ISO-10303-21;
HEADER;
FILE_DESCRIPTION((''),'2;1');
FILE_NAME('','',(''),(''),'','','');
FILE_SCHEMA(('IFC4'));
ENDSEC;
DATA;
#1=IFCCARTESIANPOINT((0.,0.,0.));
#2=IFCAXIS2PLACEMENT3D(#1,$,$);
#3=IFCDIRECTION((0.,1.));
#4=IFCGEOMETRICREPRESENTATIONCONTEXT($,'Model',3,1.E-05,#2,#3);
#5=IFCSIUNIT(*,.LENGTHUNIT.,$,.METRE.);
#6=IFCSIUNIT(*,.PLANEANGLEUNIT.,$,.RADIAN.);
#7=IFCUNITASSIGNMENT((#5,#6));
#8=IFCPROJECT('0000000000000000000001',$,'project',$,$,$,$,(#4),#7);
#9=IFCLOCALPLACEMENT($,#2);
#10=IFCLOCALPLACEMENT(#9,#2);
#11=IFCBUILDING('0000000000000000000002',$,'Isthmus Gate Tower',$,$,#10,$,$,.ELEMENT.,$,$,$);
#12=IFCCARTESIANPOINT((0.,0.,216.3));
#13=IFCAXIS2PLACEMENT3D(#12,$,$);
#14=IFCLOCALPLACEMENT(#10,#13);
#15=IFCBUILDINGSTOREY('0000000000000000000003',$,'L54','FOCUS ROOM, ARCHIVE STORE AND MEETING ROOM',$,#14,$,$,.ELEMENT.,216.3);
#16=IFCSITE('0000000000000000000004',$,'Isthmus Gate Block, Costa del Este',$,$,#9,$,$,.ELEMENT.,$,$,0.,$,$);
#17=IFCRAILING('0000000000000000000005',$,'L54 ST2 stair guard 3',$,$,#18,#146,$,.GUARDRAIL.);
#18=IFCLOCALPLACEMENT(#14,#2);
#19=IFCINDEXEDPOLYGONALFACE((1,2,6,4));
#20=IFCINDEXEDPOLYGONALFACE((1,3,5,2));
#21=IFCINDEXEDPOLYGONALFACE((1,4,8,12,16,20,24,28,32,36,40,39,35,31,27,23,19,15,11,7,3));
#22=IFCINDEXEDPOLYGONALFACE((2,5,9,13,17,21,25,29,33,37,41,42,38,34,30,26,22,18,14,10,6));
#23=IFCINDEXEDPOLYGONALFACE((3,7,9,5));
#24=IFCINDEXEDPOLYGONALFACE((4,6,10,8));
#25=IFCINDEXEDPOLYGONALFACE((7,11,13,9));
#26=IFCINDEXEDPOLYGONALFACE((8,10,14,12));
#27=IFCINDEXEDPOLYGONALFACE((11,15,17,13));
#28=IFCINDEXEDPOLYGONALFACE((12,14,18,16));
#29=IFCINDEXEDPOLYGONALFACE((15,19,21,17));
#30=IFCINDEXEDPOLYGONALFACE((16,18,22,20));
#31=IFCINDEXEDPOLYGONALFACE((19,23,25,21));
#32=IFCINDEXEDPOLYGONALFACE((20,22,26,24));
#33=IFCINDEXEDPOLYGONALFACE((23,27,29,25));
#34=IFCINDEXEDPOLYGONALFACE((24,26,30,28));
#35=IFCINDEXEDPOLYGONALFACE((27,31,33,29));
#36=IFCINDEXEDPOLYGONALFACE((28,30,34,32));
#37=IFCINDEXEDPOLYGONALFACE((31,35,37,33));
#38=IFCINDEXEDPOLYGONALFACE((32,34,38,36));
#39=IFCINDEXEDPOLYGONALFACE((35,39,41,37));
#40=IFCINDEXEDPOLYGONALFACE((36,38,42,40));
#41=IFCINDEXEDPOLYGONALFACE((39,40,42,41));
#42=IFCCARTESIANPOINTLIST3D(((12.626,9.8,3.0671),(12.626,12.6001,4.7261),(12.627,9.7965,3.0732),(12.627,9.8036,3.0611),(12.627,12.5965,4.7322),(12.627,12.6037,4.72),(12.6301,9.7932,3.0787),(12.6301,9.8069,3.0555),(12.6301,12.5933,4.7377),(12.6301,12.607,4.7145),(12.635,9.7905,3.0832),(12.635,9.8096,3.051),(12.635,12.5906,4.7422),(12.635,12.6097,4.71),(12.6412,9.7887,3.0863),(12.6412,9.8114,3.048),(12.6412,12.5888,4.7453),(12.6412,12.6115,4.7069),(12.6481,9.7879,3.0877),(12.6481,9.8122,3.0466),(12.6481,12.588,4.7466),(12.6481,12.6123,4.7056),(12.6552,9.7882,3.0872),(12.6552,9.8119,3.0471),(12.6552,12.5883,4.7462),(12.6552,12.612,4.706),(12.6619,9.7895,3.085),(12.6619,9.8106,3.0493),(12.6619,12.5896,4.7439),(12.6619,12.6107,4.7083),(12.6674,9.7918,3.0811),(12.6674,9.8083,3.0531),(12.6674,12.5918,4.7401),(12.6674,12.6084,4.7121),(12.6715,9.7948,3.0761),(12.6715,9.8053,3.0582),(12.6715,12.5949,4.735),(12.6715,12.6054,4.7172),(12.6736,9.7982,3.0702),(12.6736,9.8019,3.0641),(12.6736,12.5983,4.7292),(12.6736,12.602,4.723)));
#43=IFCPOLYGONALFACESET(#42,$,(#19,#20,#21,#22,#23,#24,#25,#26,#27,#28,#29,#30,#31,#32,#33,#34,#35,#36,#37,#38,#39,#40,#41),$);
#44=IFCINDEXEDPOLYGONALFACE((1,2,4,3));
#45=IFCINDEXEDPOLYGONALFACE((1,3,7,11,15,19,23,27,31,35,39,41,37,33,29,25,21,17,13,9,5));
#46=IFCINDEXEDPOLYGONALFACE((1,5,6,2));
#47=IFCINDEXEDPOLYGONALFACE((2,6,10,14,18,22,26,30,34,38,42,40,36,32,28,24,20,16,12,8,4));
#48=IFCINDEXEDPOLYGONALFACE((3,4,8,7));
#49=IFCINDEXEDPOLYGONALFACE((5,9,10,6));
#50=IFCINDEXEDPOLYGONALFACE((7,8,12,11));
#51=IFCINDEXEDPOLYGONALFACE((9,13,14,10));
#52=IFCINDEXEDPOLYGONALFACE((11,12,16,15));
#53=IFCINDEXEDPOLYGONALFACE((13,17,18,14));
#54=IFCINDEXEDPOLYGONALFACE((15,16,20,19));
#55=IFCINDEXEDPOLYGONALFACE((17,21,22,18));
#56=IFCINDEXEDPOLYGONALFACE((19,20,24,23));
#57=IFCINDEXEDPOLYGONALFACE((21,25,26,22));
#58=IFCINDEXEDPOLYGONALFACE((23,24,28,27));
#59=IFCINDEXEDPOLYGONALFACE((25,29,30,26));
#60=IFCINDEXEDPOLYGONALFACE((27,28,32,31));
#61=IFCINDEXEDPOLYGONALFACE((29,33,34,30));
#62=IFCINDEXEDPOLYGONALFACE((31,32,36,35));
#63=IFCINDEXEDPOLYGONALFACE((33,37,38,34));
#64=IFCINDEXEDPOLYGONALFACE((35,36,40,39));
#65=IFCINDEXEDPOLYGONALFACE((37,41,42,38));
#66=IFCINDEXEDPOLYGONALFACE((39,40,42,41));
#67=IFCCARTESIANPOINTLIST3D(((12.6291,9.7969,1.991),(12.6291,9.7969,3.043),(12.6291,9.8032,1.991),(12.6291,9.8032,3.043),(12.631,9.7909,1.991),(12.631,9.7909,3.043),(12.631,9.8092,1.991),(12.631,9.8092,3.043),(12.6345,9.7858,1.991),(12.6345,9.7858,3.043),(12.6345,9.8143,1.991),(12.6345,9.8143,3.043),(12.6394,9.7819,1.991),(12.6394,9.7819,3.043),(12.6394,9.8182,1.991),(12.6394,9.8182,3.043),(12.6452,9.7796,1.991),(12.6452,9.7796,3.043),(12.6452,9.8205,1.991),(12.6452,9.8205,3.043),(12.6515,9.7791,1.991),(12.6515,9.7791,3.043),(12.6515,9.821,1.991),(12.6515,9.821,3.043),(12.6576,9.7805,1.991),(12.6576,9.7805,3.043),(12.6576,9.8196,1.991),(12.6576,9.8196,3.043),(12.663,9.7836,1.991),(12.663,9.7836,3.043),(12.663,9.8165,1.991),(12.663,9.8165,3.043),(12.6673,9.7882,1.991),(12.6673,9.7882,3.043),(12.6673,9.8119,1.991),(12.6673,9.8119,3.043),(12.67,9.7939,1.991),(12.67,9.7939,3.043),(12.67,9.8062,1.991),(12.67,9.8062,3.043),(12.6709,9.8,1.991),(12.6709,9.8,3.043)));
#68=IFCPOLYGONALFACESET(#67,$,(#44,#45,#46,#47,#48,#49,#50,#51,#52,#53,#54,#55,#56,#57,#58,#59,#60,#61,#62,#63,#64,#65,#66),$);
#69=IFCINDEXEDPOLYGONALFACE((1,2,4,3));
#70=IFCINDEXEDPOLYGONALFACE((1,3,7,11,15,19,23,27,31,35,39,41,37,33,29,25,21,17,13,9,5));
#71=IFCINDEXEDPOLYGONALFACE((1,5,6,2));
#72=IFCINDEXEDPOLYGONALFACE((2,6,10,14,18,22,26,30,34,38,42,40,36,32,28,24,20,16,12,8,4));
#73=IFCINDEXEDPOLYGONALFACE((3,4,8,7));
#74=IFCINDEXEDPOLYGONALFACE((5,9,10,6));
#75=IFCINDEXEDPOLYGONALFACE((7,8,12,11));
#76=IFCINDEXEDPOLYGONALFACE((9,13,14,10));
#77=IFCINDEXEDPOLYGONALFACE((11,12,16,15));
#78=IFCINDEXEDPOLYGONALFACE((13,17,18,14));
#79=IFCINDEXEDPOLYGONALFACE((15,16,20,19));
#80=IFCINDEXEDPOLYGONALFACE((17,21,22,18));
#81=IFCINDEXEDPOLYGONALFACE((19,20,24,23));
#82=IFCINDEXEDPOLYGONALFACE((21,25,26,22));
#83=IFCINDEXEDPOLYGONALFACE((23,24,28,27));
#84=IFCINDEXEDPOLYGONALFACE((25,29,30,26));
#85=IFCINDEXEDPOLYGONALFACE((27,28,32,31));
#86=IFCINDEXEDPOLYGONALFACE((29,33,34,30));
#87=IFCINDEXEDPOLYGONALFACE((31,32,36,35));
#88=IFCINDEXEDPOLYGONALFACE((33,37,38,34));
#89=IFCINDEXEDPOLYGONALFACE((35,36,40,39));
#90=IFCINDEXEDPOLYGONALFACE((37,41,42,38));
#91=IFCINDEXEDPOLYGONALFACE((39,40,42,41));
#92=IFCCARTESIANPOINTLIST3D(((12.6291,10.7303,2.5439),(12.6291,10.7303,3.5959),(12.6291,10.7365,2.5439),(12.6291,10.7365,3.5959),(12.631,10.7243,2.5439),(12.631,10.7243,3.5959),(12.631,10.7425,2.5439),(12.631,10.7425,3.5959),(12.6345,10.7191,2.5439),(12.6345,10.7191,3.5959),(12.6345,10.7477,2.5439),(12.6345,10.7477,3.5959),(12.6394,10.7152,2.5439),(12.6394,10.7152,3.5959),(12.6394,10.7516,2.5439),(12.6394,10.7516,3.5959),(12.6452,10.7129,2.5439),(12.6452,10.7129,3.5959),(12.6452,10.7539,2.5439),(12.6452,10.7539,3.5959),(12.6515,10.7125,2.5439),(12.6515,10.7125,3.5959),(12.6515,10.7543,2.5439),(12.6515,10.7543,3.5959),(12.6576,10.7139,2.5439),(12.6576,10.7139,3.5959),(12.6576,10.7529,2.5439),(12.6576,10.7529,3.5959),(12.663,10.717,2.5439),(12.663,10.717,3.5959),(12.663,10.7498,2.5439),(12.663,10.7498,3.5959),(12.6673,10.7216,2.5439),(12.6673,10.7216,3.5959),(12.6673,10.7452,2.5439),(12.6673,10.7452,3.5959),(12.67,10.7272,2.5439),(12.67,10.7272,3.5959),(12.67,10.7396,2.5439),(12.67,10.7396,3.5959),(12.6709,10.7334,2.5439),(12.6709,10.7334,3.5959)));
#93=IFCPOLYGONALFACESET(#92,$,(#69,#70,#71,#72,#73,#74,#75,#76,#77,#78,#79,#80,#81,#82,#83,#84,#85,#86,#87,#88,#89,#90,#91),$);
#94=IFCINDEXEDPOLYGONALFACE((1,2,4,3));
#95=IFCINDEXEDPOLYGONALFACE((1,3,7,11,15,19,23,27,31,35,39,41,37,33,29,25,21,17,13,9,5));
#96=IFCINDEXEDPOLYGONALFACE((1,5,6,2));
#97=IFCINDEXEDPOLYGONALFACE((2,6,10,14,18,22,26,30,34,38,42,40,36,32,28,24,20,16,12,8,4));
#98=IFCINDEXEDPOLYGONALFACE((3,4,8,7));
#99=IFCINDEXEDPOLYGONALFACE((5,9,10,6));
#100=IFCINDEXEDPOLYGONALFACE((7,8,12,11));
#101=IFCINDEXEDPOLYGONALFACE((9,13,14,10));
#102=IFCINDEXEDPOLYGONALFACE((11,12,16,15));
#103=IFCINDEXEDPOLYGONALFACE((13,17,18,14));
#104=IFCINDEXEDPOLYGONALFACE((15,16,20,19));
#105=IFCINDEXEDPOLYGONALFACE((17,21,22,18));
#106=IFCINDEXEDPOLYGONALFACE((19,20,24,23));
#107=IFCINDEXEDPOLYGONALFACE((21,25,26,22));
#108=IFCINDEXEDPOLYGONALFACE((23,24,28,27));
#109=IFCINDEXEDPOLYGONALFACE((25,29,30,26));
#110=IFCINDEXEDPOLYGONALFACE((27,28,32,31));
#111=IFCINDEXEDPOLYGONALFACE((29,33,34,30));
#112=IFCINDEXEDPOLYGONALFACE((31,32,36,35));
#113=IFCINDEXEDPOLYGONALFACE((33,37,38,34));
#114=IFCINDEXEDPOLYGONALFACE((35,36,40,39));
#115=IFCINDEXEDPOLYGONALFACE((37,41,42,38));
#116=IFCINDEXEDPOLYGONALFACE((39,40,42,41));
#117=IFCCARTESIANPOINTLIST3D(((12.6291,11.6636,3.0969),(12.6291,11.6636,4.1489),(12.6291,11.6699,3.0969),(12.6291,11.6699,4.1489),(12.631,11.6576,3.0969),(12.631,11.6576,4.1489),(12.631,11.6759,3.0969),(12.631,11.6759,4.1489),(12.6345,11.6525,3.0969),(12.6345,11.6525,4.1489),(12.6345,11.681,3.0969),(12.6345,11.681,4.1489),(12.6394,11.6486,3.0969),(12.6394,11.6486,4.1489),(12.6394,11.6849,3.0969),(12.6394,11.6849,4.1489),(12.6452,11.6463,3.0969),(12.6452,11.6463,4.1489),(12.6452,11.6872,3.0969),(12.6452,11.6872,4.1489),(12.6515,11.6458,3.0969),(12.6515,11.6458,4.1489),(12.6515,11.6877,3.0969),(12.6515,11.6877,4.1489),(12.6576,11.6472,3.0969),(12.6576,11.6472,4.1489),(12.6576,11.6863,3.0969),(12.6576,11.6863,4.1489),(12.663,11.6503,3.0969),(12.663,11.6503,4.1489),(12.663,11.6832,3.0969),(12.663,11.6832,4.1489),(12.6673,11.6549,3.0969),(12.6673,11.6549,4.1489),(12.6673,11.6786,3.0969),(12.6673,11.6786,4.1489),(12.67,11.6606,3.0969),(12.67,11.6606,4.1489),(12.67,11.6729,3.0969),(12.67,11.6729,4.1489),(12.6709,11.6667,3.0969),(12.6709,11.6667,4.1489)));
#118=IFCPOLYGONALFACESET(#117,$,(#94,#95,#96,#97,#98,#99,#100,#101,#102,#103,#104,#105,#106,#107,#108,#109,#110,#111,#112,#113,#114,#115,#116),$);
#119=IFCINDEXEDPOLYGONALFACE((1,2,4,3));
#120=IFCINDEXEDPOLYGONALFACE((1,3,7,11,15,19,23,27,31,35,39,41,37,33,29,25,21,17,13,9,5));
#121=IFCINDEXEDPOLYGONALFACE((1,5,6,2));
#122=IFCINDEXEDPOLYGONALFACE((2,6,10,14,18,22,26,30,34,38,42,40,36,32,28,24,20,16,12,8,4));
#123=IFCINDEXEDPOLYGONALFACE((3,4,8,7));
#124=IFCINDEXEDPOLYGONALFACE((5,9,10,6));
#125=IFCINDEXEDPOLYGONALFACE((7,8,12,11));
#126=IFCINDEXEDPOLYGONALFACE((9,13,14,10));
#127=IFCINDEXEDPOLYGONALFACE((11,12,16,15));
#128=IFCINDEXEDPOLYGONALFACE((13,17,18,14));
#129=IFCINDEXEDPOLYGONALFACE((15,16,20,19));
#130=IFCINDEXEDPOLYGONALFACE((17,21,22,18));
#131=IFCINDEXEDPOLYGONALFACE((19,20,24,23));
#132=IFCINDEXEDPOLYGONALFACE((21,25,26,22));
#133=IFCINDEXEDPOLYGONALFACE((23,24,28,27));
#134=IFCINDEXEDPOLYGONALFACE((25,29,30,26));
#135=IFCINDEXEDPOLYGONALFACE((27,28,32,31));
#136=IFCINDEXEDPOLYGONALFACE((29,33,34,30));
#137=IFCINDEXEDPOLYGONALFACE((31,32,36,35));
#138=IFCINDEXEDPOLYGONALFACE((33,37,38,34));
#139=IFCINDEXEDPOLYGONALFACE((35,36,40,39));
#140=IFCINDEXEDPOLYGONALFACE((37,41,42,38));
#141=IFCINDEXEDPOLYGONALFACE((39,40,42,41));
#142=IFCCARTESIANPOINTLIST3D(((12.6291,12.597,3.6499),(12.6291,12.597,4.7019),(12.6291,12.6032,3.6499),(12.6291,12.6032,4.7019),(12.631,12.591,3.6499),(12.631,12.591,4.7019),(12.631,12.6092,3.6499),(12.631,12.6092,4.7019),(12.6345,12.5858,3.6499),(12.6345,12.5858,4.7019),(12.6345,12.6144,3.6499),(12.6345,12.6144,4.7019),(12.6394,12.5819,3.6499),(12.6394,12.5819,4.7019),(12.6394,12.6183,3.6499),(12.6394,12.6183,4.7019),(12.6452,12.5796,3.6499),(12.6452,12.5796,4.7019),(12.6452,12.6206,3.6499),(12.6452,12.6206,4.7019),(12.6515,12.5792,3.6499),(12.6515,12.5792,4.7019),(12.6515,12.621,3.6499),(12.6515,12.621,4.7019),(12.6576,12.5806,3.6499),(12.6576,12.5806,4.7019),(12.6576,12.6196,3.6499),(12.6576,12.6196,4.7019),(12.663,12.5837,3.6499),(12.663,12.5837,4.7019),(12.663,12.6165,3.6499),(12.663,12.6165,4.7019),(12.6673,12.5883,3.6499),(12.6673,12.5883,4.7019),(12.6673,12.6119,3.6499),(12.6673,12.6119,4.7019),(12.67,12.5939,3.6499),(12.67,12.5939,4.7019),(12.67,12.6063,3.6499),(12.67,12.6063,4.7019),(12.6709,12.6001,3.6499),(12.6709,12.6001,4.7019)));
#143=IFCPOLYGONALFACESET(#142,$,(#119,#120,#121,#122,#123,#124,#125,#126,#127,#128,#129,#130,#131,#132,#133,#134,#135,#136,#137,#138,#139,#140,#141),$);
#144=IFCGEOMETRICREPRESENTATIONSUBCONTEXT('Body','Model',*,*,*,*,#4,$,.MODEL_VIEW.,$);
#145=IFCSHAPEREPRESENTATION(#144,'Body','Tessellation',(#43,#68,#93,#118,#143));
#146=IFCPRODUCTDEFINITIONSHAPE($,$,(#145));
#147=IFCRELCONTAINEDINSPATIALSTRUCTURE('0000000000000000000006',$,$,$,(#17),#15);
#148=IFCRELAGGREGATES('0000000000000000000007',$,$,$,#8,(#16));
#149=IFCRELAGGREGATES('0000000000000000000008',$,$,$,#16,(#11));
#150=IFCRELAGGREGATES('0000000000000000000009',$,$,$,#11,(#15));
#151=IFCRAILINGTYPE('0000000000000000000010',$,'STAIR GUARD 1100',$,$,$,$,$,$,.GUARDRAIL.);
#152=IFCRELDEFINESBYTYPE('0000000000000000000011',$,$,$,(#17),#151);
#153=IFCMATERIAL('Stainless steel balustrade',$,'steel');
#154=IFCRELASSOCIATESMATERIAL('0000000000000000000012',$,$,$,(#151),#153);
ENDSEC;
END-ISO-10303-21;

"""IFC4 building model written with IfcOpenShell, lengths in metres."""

from ifc_helpers import new_model, si_unit, direction, frame, origin, origin_2d, place, context, subcontext, project, spatial, circle, extrude, material, type_object, element, save


model = new_model("IFC4")

# Units and contexts
model_context = context("Model", 3, precision=1e-05, world=origin(), true_north=direction((0.0, 1.0)))
body_context = subcontext(model_context, "Body", "Model", "MODEL_VIEW")
ifc_project = project(units=[si_unit("LENGTHUNIT", "METRE"), si_unit("PLANEANGLEUNIT", "RADIAN")], contexts=[model_context])

# Site, building, storey
site_placement = place(None, origin())
site = spatial("IfcSite", under=ifc_project, at=site_placement, Name="Isthmus Gate Block, Costa del Este", CompositionType="ELEMENT", RefElevation=0.0)
building_placement = place(site_placement, origin())
building = spatial("IfcBuilding", under=site, at=building_placement, Name="Isthmus Gate Tower", CompositionType="ELEMENT")
storey_placement = place(building_placement, frame((0.0, 0.0, 216.3)))
storey = spatial("IfcBuildingStorey", under=building, at=storey_placement, Name="L54", Description="FOCUS ROOM, ARCHIVE STORE AND MEETING ROOM", CompositionType="ELEMENT", Elevation=216.3)

# Railing
ifc_material_1 = material(Name="Stainless steel balustrade", Category="steel")
railing_type_1 = type_object("IfcRailingType", Name="STAIR GUARD 1100", PredefinedType="GUARDRAIL", material=ifc_material_1)
railing_1_placement = place(storey_placement, frame((12.6499, 9.8, 1.991)))
element("IfcRailing", 1, at=railing_1_placement, inside=storey, type_object=railing_type_1, Name="L54 ST2 stair guard 3", PredefinedType="GUARDRAIL", context=body_context, shape_type="SweptSolid", body=[
    extrude(circle(Radius=0.0239, at=origin_2d()), frame((0.0, 0.0, 1.0762), z_axis=(0.0, 0.860339, 0.509722), x_axis=(-1.0, 0.0, 0.0)), (0.0, 0.0, 1.0), 3.2546),
    extrude(circle(Radius=0.021, at=origin_2d()), origin(), (0.0, 0.0, 1.0), 1.052),
    extrude(circle(Radius=0.021, at=origin_2d()), frame((0.0, 0.9333, 0.553)), (0.0, 0.0, 1.0), 1.052),
    extrude(circle(Radius=0.021, at=origin_2d()), frame((0.0, 1.8667, 1.106)), (0.0, 0.0, 1.0), 1.052),
    extrude(circle(Radius=0.021, at=origin_2d()), frame((0.0, 2.8, 1.6589)), (0.0, 0.0, 1.0), 1.052),
])

save(model, "model.ifc")
